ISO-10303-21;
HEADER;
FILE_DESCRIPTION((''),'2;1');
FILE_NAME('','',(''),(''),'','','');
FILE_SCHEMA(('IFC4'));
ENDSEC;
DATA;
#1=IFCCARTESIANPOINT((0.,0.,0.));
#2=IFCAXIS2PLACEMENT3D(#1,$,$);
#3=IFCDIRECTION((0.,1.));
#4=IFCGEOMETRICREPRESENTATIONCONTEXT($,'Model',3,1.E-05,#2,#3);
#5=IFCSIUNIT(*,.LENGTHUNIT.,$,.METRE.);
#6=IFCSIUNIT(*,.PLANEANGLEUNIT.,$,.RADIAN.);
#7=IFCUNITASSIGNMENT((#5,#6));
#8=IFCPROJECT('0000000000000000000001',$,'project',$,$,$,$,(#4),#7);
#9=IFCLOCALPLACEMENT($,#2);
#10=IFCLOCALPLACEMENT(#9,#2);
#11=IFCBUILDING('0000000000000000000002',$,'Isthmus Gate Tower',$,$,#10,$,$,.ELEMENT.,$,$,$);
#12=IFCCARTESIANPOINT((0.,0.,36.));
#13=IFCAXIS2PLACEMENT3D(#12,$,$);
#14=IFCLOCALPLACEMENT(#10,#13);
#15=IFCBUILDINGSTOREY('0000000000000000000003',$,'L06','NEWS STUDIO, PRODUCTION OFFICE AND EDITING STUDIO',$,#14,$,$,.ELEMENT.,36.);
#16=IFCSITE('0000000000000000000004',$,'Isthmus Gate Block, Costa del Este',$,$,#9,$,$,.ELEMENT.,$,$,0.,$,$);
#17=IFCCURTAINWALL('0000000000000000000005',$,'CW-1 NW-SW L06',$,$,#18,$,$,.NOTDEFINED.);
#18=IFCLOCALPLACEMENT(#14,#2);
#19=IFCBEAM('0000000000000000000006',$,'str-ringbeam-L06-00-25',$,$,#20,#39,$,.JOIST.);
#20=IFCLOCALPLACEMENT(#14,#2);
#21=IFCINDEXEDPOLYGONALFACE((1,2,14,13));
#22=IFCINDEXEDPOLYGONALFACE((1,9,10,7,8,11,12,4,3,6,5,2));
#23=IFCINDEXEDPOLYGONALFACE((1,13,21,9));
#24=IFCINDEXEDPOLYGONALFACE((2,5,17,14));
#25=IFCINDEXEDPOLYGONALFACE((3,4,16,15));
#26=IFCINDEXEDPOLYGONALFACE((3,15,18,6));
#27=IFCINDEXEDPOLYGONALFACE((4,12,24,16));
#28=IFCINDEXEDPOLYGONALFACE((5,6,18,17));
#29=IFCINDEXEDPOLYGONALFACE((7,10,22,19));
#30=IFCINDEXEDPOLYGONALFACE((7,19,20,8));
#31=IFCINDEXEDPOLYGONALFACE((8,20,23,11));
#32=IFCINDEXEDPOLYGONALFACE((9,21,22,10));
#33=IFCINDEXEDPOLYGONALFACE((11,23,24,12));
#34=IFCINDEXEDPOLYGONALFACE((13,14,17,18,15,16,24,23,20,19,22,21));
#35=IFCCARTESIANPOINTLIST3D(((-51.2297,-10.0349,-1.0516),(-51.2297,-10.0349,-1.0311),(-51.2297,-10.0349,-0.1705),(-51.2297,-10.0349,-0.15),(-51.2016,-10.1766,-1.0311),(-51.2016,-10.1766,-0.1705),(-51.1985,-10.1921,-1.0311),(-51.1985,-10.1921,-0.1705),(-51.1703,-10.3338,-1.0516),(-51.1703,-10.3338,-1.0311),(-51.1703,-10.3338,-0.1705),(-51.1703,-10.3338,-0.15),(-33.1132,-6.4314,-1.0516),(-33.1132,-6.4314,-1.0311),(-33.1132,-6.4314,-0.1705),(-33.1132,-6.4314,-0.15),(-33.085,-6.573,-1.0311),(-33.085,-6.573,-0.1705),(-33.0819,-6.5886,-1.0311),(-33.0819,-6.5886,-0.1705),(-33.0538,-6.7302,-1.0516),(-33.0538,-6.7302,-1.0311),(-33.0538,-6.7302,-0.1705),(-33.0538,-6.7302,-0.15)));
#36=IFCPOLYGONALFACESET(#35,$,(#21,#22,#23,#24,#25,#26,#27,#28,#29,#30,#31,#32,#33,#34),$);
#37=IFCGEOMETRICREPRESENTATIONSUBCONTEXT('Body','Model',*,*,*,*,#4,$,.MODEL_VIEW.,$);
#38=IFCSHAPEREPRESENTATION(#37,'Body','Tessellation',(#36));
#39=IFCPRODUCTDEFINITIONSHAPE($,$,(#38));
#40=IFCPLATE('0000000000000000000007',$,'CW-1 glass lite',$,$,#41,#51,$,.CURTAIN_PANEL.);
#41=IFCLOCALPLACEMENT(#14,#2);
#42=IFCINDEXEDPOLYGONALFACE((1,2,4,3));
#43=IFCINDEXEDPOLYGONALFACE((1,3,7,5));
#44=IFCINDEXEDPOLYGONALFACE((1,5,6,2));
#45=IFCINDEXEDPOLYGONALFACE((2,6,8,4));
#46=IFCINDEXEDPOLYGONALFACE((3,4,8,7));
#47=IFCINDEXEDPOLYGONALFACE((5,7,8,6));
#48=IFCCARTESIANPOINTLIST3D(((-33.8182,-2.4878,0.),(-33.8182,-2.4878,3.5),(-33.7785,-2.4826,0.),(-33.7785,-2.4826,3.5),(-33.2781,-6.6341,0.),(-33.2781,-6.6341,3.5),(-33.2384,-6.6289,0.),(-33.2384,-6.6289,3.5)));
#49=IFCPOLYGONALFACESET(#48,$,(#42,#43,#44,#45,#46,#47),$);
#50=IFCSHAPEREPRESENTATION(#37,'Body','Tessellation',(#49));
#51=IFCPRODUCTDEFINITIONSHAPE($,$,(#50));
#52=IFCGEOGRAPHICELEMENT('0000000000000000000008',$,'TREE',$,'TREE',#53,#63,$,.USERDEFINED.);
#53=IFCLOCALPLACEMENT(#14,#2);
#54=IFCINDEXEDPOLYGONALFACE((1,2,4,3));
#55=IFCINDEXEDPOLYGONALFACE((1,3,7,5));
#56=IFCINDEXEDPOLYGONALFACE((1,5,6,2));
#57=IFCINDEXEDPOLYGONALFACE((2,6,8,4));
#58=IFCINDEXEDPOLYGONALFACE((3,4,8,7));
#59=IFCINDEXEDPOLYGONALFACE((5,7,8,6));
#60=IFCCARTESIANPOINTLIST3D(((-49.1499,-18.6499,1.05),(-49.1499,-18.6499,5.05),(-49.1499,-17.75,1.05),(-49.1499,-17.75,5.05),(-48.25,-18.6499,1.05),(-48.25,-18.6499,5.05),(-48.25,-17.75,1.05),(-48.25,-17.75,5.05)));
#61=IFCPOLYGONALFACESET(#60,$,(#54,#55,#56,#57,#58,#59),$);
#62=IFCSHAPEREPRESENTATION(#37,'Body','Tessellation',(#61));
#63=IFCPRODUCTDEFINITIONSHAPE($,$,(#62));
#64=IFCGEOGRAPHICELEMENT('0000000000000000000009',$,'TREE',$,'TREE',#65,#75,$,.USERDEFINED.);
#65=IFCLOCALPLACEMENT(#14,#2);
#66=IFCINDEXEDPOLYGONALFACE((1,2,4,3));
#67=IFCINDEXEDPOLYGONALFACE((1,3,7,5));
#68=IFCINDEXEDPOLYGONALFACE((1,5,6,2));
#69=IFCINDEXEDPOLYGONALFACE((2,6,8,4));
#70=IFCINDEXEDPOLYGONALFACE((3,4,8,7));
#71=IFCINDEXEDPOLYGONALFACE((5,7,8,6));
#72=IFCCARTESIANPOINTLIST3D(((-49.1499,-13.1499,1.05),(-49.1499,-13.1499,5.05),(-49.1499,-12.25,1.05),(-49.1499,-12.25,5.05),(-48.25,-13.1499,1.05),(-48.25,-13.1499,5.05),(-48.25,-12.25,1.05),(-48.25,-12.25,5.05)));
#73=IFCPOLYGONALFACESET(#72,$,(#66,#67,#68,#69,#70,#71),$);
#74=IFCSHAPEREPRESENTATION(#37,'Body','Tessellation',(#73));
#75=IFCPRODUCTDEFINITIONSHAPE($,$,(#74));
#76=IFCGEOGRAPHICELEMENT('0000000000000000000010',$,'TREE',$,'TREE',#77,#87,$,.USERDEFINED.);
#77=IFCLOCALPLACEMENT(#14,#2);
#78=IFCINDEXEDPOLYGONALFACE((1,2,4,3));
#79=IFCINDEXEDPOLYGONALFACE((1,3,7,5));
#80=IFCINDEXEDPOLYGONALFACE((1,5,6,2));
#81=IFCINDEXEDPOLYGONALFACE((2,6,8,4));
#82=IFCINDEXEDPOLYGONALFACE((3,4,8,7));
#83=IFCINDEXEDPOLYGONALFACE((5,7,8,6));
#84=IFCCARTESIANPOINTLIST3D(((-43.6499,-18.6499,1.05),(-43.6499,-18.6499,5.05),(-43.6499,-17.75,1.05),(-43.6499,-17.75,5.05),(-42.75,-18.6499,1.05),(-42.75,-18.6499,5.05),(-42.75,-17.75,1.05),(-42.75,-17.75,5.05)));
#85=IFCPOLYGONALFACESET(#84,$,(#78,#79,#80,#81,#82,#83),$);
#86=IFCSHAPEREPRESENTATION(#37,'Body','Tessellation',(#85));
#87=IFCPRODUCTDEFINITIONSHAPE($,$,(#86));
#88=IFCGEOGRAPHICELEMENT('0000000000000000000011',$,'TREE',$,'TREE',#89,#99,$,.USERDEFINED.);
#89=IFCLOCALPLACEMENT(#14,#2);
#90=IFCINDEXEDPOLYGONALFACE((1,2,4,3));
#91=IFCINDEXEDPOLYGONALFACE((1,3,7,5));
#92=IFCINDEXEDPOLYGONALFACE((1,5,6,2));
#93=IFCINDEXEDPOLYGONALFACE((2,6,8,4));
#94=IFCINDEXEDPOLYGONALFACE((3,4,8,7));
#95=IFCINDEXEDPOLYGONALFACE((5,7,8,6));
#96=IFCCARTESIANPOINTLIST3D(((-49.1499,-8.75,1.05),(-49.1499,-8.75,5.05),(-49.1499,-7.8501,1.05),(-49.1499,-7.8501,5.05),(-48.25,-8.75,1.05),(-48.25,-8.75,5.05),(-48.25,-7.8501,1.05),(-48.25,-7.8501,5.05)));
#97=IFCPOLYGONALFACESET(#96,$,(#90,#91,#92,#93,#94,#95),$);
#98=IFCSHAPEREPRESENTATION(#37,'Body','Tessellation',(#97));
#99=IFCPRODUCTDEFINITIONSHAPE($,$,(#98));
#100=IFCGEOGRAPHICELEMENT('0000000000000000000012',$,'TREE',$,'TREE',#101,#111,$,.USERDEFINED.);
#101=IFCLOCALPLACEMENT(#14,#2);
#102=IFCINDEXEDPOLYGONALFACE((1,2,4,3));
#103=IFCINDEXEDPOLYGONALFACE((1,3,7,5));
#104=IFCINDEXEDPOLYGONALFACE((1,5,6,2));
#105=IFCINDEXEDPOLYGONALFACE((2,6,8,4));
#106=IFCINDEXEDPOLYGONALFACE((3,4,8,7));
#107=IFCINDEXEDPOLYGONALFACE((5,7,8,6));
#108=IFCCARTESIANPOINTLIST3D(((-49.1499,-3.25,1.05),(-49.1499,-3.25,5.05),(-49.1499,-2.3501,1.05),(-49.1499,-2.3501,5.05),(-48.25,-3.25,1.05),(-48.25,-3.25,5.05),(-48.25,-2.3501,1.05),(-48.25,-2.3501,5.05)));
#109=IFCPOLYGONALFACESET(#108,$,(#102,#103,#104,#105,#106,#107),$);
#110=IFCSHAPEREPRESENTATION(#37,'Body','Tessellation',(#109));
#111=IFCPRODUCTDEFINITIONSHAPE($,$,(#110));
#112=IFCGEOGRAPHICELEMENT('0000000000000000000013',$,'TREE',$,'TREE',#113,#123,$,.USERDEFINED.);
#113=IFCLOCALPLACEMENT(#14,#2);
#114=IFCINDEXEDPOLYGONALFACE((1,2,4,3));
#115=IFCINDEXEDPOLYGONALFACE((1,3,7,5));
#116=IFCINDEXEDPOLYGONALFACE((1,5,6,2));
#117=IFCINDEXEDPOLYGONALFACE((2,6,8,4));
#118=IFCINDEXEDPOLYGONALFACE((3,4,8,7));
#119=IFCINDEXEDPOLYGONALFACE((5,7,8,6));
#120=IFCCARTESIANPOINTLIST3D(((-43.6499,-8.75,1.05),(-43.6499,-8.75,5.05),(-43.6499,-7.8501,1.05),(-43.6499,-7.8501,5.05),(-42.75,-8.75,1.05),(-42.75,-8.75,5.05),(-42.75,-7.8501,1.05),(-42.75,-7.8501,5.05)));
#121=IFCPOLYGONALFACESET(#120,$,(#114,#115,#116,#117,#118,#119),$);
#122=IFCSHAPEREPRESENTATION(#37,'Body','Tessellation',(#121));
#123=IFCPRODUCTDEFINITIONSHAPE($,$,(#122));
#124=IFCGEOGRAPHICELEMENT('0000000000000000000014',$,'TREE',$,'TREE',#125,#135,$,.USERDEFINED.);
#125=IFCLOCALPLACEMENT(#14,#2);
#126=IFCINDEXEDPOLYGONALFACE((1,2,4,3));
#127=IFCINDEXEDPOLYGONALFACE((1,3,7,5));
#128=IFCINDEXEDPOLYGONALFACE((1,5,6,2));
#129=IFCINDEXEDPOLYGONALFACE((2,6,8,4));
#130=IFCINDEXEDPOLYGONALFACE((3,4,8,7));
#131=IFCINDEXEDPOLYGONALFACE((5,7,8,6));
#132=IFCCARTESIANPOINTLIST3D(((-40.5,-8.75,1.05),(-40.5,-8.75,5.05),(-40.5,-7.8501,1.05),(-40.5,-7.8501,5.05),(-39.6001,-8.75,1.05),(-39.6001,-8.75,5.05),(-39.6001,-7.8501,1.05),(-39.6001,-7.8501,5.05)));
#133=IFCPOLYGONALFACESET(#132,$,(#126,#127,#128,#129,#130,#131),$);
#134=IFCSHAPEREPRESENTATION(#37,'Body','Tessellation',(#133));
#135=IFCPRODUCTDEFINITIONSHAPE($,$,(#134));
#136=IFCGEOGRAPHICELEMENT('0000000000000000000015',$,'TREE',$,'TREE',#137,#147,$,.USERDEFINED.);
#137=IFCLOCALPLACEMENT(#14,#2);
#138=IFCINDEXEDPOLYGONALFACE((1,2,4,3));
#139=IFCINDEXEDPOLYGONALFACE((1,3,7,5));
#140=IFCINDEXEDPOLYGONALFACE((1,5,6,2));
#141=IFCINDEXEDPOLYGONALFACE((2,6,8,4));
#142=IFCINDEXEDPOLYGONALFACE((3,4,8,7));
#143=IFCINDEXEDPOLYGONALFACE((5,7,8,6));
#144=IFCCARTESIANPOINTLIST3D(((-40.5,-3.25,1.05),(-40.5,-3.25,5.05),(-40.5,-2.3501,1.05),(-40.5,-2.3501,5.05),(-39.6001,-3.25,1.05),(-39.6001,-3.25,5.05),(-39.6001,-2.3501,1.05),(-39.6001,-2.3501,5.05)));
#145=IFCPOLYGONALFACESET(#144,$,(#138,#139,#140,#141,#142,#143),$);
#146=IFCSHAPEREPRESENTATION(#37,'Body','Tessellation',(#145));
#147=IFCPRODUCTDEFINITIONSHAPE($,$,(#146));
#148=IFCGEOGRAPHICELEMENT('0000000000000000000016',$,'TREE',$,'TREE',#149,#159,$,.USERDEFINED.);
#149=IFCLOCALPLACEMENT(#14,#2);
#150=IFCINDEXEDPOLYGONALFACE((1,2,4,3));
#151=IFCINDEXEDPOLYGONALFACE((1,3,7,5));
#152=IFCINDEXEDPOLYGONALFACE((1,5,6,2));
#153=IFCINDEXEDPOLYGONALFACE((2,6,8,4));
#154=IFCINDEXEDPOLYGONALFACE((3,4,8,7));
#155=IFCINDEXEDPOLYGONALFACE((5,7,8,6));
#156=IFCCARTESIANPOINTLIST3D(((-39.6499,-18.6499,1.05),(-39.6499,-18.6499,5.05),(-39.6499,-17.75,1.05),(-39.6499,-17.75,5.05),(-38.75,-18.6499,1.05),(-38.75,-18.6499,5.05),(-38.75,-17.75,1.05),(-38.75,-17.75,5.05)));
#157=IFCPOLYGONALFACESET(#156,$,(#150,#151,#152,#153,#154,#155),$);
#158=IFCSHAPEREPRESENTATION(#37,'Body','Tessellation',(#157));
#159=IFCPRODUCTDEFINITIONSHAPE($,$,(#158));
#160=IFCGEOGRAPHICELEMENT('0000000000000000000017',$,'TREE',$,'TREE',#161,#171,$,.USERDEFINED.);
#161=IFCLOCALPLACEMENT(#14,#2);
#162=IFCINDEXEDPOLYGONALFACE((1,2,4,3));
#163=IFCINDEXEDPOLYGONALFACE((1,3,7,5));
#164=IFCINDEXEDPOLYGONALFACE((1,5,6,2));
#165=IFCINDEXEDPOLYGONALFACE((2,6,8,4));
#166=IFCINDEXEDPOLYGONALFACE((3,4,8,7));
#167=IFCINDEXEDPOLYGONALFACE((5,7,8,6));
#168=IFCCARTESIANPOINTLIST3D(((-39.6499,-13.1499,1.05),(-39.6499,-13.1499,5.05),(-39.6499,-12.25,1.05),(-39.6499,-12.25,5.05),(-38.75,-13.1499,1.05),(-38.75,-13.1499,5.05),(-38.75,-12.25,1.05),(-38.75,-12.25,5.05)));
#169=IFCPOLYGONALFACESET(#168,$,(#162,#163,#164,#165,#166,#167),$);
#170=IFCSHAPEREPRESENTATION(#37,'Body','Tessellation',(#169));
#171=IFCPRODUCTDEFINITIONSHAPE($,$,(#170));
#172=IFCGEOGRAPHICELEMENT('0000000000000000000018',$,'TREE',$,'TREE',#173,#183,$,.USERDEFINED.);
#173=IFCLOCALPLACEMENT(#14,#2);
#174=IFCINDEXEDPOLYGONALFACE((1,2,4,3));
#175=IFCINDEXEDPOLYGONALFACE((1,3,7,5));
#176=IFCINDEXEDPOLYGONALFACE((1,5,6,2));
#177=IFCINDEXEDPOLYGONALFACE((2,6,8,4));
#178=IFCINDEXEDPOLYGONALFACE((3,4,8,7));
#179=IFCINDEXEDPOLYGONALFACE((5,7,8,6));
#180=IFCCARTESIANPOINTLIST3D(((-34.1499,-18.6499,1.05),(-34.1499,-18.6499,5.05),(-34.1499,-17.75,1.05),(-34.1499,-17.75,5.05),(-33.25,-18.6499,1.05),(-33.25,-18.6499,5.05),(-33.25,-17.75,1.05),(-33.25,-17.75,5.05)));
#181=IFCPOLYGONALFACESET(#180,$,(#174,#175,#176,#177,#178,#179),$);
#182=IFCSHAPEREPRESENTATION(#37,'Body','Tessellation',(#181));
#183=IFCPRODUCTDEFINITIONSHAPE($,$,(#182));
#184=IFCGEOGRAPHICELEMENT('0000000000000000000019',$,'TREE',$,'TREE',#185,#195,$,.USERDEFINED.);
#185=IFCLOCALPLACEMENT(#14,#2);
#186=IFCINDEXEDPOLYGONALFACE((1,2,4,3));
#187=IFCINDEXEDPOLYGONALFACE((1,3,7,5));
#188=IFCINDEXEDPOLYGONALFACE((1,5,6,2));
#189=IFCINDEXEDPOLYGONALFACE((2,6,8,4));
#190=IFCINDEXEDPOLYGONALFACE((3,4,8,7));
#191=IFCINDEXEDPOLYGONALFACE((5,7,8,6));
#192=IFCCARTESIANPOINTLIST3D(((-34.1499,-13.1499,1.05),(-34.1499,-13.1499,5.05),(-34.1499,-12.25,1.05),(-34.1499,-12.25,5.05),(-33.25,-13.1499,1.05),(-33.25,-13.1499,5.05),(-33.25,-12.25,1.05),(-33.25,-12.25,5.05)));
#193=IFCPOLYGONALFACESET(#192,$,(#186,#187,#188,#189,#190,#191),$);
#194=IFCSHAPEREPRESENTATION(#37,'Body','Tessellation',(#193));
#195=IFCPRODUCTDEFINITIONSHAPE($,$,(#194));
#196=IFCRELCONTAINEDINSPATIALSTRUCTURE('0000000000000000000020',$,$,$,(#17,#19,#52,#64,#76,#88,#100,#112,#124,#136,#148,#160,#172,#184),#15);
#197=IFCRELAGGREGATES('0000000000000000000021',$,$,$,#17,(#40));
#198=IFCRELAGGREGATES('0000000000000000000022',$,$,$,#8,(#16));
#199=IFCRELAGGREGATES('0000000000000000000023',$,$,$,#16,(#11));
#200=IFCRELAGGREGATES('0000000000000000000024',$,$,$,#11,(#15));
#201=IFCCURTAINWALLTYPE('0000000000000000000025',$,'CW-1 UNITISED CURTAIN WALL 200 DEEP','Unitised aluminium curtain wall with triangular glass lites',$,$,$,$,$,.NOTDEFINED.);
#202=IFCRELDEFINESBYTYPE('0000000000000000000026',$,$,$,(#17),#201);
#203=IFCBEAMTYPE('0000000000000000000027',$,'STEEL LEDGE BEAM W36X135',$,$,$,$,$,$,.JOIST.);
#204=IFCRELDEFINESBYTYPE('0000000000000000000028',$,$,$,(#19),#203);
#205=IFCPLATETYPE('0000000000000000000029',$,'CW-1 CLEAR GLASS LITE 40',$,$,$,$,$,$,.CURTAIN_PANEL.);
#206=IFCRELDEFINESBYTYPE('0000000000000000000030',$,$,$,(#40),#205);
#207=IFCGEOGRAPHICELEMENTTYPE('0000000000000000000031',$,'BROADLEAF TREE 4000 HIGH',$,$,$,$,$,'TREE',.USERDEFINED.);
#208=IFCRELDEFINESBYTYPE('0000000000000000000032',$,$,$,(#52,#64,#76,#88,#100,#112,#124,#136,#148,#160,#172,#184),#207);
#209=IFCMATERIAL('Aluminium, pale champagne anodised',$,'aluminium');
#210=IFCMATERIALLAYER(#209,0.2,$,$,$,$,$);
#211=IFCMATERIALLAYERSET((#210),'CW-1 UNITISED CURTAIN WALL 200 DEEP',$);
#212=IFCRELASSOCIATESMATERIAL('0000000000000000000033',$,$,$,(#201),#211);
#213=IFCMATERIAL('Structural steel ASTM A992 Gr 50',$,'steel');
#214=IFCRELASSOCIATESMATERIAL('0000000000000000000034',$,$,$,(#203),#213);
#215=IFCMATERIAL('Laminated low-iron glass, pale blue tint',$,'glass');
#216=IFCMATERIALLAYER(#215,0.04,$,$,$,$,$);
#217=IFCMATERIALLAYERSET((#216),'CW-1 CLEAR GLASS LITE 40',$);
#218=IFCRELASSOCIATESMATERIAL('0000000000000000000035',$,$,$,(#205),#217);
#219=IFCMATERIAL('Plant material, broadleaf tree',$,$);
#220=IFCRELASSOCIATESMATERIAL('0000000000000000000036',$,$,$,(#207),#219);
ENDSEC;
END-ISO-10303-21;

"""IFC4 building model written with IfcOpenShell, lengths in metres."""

from ifc_helpers import new_model, si_unit, direction, frame, origin, origin_2d, place, context, subcontext, project, spatial, rectangle, i_section, extrude, material, layer, layer_set, material_profile, profile_set, type_object, element, aggregate, save


model = new_model("IFC4")

# Units and contexts
model_context = context("Model", 3, precision=1e-05, world=origin(), true_north=direction((0.0, 1.0)))
body_context = subcontext(model_context, "Body", "Model", "MODEL_VIEW")
ifc_project = project(units=[si_unit("LENGTHUNIT", "METRE"), si_unit("PLANEANGLEUNIT", "RADIAN")], contexts=[model_context])

# Site, building, storey
site_placement = place(None, origin())
site = spatial("IfcSite", under=ifc_project, at=site_placement, Name="Isthmus Gate Block, Costa del Este", CompositionType="ELEMENT", RefElevation=0.0)
building_placement = place(site_placement, origin())
building = spatial("IfcBuilding", under=site, at=building_placement, Name="Isthmus Gate Tower", CompositionType="ELEMENT")
storey_placement = place(building_placement, frame((0.0, 0.0, 36.0)))
storey = spatial("IfcBuildingStorey", under=building, at=storey_placement, Name="L06", Description="NEWS STUDIO, PRODUCTION OFFICE AND EDITING STUDIO", CompositionType="ELEMENT", Elevation=36.0)

# Curtain wall
ifc_material_1 = material(Name="Aluminium, pale champagne anodised", Category="aluminium")
ifc_layer_1 = layer(ifc_material_1, 0.2)
ifc_layer_set_1 = layer_set([ifc_layer_1], Name="CW-1 UNITISED CURTAIN WALL 200 DEEP")
curtain_wall_type = type_object("IfcCurtainWallType", Name="CW-1 UNITISED CURTAIN WALL 200 DEEP", Description="Unitised aluminium curtain wall with triangular glass lites", PredefinedType="NOTDEFINED", material=ifc_layer_set_1)
curtain_wall_placement = place(storey_placement, origin())
curtain_wall = element("IfcCurtainWall", 1, at=curtain_wall_placement, inside=storey, type_object=curtain_wall_type, Name="CW-1 NW-SW L06", PredefinedType="NOTDEFINED")

# Beam
ifc_material_2 = material(Name="Structural steel ASTM A992 Gr 50", Category="steel")
ifc_material_profile_1 = material_profile(ifc_material_2, i_section(OverallWidth=0.3047, OverallDepth=0.9016, WebThickness=0.0159, FlangeThickness=0.0205, at=origin_2d()), Name="W36X135")
ifc_profile_set_1 = profile_set([ifc_material_profile_1], Name="Structural steel ASTM A992 Gr 50")
beam_type_1 = type_object("IfcBeamType", Name="STEEL LEDGE BEAM W36X135", PredefinedType="JOIST", material=ifc_profile_set_1)
beam_1_placement = place(storey_placement, frame((-33.0835, -6.5808, -0.6008), z_axis=(-0.980786, -0.195087, 0.0), x_axis=(0.195087, -0.980786, 0.0)))
element("IfcBeam", 2, at=beam_1_placement, inside=storey, type_object=beam_type_1, Name="str-ringbeam-L06-00-25", PredefinedType="JOIST", context=body_context, shape_type="SweptSolid", body=[
    extrude(i_section(OverallWidth=0.3047, OverallDepth=0.9016, WebThickness=0.0159, FlangeThickness=0.0205, at=origin_2d()), origin(), (0.0, 0.0, 1.0), 18.4714),
])

# Plate
ifc_material_3 = material(Name="Laminated low-iron glass, pale blue tint", Category="glass")
ifc_layer_2 = layer(ifc_material_3, 0.04)
ifc_layer_set_2 = layer_set([ifc_layer_2], Name="CW-1 CLEAR GLASS LITE 40")
plate_type = type_object("IfcPlateType", Name="CW-1 CLEAR GLASS LITE 40", PredefinedType="CURTAIN_PANEL", material=ifc_layer_set_2)
plate_placement = place(storey_placement, frame((-33.5283, -4.5583, 0.0), z_axis=(0.0, 0.0, 1.0), x_axis=(0.129165, -0.991623, 0.0)))
plate = element("IfcPlate", 3, at=plate_placement, type_object=plate_type, Name="CW-1 glass lite", PredefinedType="CURTAIN_PANEL", context=body_context, shape_type="SweptSolid", body=[
    extrude(rectangle(XDim=4.1814, YDim=0.04, at=origin_2d()), origin(), (0.0, 0.0, 1.0), 3.5),
])
aggregate(curtain_wall, [plate])

# Geographic elements
ifc_material_4 = material(Name="Plant material, broadleaf tree")
geographic_element_type = type_object("IfcGeographicElementType", Name="BROADLEAF TREE 4000 HIGH", ElementType="TREE", PredefinedType="USERDEFINED", material=ifc_material_4)
for number, where, z_axis, x_axis, name in (
    (4, (-48.7, -18.2, 1.05), (0.0, 0.0, 1.0), (1.0, 0.0, 0.0), "TREE"),
    (5, (-48.7, -12.7, 1.05), (0.0, 0.0, 1.0), (1.0, 0.0, 0.0), "TREE"),
    (6, (-43.2, -18.2, 1.05), (0.0, 0.0, 1.0), (1.0, 0.0, 0.0), "TREE"),
    (7, (-48.7, -8.3, 1.05), (0.0, 0.0, 1.0), (1.0, 0.0, 0.0), "TREE"),
    (8, (-48.7, -2.8, 1.05), (0.0, 0.0, 1.0), (1.0, 0.0, 0.0), "TREE"),
    (9, (-43.2, -8.3, 1.05), (0.0, 0.0, 1.0), (1.0, 0.0, 0.0), "TREE"),
    (10, (-40.05, -8.3, 1.05), (0.0, 0.0, 1.0), (1.0, 0.0, 0.0), "TREE"),
    (11, (-40.05, -2.8, 1.05), (0.0, 0.0, 1.0), (1.0, 0.0, 0.0), "TREE"),
    (12, (-39.2, -18.2, 1.05), (0.0, 0.0, 1.0), (1.0, 0.0, 0.0), "TREE"),
    (13, (-39.2, -12.7, 1.05), (0.0, 0.0, 1.0), (1.0, 0.0, 0.0), "TREE"),
    (14, (-33.7, -18.2, 1.05), (0.0, 0.0, 1.0), (1.0, 0.0, 0.0), "TREE"),
    (15, (-33.7, -12.7, 1.05), (0.0, 0.0, 1.0), (1.0, 0.0, 0.0), "TREE"),
):
    element("IfcGeographicElement", number, at=place(storey_placement, frame(where, z_axis=z_axis, x_axis=x_axis)), inside=storey, type_object=geographic_element_type, Name=name, ObjectType="TREE", PredefinedType="USERDEFINED", context=body_context, shape_type="SweptSolid", body=[
        extrude(rectangle(XDim=0.8999, YDim=0.8999, at=origin_2d()), origin(), (0.0, 0.0, 1.0), 4.0),
    ])

save(model, "model.ifc")
